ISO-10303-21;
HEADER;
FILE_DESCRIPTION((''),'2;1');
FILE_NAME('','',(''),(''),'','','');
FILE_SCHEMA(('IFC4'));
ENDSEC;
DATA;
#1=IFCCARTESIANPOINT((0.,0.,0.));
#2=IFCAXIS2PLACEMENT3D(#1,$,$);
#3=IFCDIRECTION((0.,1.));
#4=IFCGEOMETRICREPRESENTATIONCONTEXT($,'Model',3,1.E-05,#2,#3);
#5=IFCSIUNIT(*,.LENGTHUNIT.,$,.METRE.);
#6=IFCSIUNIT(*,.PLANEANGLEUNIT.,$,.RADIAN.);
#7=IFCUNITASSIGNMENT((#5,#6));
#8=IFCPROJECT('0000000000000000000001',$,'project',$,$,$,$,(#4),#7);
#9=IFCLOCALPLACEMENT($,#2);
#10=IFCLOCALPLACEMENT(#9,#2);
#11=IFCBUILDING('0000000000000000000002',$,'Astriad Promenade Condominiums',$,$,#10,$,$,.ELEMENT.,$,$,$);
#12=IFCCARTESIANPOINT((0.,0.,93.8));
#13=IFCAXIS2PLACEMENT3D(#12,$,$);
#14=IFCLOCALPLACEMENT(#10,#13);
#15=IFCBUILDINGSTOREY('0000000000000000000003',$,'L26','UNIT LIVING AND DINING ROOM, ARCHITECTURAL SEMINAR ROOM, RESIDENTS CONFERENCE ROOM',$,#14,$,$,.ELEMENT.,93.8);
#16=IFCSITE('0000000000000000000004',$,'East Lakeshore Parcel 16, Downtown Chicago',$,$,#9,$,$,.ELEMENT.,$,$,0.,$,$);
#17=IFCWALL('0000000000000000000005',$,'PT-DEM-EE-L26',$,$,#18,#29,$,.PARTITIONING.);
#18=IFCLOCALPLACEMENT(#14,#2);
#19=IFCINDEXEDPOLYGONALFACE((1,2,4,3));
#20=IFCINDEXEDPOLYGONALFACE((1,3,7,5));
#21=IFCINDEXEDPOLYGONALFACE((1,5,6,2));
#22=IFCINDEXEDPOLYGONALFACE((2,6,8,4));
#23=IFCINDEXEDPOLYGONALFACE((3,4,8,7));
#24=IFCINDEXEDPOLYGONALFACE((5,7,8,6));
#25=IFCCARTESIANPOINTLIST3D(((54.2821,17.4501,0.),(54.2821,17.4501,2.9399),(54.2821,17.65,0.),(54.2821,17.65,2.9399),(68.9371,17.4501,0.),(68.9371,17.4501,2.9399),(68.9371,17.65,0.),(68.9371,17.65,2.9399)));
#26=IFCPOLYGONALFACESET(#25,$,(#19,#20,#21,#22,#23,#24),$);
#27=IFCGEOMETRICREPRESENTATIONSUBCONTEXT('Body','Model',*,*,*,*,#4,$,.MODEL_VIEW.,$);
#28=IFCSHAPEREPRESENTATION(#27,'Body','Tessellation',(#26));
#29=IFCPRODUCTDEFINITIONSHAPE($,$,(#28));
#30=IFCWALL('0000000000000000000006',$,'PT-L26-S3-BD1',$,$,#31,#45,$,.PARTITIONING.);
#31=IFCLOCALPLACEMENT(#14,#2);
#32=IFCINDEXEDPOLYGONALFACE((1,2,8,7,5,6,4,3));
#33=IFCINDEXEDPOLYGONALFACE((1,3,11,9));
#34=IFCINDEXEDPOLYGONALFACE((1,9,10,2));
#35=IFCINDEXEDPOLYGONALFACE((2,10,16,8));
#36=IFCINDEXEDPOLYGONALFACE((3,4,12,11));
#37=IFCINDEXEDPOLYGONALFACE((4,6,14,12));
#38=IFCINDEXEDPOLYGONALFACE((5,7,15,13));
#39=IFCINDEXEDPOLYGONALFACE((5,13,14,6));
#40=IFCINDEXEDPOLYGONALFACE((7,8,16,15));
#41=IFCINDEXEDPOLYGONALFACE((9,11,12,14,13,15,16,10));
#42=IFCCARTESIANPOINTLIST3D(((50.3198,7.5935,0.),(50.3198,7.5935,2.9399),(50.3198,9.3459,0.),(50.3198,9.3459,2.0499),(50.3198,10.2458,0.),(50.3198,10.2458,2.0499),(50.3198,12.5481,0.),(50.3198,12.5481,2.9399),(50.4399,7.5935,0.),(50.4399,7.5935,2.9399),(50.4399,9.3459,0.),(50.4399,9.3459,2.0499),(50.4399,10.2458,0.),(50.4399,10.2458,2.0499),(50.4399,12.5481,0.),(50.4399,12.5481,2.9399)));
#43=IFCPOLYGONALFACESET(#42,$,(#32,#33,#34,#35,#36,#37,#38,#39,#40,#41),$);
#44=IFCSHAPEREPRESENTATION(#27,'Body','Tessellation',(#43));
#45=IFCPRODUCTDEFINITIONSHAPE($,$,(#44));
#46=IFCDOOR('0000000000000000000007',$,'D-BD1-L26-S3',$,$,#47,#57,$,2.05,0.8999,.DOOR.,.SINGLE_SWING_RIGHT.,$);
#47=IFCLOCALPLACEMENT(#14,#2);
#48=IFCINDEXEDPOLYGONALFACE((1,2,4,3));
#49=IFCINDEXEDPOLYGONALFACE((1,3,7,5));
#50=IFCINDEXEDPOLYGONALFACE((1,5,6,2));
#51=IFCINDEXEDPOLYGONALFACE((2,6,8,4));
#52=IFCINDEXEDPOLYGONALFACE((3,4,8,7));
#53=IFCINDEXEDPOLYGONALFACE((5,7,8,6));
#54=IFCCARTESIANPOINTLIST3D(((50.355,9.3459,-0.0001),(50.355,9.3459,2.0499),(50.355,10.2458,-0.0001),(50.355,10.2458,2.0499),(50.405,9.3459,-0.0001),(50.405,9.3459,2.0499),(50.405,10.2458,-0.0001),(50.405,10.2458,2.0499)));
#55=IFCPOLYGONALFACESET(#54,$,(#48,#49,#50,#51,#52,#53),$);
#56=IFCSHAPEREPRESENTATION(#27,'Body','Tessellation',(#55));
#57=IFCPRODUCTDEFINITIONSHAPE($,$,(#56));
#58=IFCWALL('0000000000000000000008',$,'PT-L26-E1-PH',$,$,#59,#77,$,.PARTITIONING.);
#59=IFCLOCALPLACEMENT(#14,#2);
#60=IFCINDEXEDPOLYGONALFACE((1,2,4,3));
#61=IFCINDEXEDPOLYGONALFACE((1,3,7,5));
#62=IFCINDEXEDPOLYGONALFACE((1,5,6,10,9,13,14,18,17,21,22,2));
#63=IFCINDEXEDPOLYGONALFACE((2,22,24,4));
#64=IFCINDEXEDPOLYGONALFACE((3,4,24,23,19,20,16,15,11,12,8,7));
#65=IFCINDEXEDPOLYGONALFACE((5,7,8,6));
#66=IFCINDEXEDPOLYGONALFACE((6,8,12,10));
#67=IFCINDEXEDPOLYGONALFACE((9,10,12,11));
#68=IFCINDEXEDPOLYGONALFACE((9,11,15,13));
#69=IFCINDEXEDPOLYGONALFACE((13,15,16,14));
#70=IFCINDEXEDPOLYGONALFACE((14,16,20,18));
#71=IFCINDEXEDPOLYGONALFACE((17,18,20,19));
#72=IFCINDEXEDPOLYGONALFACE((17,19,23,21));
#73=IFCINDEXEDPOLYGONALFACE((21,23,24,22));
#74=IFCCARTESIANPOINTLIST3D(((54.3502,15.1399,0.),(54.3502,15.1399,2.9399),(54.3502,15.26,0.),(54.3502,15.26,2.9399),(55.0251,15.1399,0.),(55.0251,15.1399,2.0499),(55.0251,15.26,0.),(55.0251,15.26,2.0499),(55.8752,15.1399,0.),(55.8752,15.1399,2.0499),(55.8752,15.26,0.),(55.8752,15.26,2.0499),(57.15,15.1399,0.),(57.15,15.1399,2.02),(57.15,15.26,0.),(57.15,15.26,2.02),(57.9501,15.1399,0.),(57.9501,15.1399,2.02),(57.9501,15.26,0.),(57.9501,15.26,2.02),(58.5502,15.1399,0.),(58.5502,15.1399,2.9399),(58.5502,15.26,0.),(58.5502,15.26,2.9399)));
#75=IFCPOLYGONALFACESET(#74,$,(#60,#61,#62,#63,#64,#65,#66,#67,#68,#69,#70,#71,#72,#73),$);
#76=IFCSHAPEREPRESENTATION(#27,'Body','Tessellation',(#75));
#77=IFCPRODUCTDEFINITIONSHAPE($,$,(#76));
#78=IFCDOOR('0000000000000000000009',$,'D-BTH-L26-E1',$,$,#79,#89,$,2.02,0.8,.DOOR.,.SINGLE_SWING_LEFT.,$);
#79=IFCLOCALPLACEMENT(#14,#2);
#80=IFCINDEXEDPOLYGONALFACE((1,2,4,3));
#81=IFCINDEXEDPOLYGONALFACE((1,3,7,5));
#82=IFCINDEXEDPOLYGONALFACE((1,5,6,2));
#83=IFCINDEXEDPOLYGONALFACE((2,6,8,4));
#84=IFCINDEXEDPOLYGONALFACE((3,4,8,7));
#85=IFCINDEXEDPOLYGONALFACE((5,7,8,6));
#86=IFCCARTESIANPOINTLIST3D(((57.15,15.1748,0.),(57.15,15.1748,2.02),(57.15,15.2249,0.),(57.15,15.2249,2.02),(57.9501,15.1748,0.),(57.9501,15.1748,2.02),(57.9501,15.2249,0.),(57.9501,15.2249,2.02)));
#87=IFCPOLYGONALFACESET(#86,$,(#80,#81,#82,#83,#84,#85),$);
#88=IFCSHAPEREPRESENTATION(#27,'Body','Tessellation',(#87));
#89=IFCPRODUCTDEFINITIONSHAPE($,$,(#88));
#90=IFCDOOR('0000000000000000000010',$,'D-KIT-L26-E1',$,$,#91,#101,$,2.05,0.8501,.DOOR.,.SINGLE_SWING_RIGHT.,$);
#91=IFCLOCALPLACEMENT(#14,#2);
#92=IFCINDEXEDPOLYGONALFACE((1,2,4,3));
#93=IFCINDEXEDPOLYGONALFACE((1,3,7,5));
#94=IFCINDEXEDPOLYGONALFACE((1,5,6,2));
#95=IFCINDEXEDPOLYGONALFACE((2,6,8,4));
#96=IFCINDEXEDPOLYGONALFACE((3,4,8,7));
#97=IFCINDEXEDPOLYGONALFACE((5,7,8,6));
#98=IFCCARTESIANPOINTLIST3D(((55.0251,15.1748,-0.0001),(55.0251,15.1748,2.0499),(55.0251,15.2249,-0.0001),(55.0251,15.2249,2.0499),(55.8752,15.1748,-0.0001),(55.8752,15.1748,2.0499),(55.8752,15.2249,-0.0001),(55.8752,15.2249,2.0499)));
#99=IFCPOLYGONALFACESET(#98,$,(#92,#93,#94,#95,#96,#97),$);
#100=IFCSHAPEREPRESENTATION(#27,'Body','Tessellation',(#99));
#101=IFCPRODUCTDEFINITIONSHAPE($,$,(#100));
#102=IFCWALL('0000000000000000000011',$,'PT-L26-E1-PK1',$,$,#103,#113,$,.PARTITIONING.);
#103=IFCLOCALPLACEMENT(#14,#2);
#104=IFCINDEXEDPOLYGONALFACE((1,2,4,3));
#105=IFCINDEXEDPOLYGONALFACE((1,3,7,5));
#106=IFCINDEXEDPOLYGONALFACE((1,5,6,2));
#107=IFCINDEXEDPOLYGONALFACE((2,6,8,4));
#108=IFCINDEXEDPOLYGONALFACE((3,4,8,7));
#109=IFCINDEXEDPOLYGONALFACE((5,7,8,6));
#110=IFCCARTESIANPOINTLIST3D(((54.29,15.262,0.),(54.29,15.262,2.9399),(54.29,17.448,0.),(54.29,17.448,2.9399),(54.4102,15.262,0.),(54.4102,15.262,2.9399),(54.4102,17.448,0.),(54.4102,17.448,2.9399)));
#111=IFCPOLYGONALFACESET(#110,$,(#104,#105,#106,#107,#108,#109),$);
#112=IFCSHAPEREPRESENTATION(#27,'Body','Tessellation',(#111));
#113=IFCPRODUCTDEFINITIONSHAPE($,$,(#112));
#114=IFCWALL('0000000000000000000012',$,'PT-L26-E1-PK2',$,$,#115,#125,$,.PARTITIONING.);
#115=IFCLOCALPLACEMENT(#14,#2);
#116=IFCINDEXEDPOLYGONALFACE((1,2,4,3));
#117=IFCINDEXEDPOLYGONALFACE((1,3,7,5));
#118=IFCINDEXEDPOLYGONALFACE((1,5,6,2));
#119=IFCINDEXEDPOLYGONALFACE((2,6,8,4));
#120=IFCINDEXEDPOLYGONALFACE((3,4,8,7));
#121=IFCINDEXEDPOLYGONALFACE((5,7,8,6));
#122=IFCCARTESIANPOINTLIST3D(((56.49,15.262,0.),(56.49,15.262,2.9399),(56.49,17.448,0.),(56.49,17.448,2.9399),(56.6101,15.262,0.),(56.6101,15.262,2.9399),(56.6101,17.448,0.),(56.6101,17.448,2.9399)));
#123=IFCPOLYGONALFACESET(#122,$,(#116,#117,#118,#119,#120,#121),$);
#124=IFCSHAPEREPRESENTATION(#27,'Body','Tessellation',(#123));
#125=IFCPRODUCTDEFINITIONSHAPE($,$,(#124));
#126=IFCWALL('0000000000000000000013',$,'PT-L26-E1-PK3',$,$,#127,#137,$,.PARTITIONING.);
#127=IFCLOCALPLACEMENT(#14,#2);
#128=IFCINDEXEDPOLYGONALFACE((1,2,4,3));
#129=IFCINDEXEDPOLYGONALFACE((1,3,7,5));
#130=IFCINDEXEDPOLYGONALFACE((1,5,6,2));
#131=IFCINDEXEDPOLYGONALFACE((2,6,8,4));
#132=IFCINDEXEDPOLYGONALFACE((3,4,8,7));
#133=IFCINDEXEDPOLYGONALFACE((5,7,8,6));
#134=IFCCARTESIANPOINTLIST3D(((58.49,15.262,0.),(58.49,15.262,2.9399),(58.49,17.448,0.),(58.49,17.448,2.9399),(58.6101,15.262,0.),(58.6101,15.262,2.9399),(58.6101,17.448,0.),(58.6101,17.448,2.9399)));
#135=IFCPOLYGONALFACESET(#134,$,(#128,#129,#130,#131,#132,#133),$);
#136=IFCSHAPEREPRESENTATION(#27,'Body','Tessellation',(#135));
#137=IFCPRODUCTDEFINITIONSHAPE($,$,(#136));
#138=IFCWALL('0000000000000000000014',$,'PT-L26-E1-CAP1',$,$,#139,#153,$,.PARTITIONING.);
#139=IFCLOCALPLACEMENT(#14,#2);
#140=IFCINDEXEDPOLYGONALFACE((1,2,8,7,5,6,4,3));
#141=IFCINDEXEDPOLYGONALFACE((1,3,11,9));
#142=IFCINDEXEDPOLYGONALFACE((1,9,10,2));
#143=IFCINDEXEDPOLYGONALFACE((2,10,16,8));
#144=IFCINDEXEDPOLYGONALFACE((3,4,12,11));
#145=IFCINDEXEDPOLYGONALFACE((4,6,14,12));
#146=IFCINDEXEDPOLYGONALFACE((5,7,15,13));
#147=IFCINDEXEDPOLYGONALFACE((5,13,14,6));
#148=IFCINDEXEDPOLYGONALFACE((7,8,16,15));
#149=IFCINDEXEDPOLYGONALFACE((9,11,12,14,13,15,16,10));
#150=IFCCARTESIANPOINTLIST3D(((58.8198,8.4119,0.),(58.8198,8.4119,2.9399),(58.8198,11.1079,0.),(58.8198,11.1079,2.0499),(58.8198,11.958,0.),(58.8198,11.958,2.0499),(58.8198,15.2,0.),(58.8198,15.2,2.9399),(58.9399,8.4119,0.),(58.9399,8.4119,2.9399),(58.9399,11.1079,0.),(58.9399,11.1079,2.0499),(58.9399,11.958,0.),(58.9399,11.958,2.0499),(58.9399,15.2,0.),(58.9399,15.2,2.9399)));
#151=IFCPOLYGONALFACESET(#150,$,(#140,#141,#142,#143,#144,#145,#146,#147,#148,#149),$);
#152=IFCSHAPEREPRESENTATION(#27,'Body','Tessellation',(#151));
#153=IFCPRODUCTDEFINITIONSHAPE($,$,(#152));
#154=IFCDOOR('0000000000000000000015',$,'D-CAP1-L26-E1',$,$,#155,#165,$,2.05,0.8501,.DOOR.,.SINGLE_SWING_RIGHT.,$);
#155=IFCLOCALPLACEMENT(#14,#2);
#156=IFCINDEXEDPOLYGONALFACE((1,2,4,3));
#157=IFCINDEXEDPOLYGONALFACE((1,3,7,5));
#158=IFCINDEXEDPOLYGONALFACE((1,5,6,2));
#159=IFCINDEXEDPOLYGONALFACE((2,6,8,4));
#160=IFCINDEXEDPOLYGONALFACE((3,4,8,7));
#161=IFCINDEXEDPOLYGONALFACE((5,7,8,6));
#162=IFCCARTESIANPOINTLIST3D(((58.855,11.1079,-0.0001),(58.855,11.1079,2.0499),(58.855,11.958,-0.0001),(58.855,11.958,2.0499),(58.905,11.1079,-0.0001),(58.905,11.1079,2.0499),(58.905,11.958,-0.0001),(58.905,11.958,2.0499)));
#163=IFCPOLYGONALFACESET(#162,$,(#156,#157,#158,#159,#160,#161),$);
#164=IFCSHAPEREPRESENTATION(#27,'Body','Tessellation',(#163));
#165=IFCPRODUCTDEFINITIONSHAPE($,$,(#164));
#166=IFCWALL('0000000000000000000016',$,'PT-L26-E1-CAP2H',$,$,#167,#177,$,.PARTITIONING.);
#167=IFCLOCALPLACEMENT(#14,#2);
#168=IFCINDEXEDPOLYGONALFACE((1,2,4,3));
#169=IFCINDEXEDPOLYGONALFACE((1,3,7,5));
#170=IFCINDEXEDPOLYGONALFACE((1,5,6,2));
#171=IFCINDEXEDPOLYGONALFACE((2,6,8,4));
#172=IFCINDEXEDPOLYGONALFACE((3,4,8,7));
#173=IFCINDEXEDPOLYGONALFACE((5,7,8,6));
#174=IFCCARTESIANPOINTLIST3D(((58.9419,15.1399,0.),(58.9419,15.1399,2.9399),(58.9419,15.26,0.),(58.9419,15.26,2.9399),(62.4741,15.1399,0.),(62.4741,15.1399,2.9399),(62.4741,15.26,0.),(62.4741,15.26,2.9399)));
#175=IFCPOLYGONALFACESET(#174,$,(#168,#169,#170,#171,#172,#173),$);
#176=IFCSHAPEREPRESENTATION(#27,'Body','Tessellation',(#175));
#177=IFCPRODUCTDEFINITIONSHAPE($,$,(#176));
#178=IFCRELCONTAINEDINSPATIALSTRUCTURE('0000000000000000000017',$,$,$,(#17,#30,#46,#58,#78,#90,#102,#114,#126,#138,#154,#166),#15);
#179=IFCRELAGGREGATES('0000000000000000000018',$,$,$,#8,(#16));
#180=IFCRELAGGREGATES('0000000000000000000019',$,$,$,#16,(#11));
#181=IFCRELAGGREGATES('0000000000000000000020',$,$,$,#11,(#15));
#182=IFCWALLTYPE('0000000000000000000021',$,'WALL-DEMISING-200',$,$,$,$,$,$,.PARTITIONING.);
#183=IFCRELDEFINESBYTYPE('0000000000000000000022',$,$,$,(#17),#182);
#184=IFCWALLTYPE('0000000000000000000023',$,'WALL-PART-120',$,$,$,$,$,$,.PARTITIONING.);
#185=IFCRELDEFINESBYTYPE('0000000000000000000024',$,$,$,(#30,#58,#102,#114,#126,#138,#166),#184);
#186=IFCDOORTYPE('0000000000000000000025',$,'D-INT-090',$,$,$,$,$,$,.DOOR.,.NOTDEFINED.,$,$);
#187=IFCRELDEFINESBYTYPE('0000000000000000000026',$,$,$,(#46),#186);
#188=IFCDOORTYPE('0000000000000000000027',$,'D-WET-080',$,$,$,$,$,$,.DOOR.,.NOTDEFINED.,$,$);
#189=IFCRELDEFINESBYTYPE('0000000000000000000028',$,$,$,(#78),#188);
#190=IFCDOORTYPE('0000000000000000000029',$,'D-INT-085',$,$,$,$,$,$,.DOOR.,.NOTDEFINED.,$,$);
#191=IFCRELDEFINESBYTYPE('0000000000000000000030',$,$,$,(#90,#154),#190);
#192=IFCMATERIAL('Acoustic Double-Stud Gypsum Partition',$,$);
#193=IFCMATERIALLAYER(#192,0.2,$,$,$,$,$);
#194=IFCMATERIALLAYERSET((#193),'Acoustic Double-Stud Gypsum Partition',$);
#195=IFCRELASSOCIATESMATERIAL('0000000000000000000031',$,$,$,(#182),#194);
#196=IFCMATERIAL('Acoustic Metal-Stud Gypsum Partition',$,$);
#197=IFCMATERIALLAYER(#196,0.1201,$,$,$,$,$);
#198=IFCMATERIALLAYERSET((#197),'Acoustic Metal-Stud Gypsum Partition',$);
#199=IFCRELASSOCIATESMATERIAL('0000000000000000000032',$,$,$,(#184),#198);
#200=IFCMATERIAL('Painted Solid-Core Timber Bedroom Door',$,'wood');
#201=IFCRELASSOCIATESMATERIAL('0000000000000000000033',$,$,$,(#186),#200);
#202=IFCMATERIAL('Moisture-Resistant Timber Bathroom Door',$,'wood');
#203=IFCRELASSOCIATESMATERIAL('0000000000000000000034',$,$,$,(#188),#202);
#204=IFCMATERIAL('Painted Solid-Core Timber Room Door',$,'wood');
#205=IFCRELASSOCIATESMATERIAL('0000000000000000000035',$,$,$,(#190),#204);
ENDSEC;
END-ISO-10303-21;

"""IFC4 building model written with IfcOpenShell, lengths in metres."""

from ifc_helpers import new_model, si_unit, direction, frame, frame_2d, origin, place, context, subcontext, project, spatial, rectangle, extrude, source, transform, mapped, material, layer, layer_set, type_object, type_shapes, element, fill, save


model = new_model("IFC4")

# Units and contexts
model_context = context("Model", 3, precision=1e-05, world=origin(), true_north=direction((0.0, 1.0)))
body_context = subcontext(model_context, "Body", "Model", "MODEL_VIEW")
ifc_project = project(units=[si_unit("LENGTHUNIT", "METRE"), si_unit("PLANEANGLEUNIT", "RADIAN")], contexts=[model_context])

# Site, building, storey
site_placement = place(None, origin())
site = spatial("IfcSite", under=ifc_project, at=site_placement, Name="East Lakeshore Parcel 16, Downtown Chicago", CompositionType="ELEMENT", RefElevation=0.0)
building_placement = place(site_placement, origin())
building = spatial("IfcBuilding", under=site, at=building_placement, Name="Astriad Promenade Condominiums", CompositionType="ELEMENT")
storey_placement = place(building_placement, frame((0.0, 0.0, 93.8)))
storey = spatial("IfcBuildingStorey", under=building, at=storey_placement, Name="L26", Description="UNIT LIVING AND DINING ROOM, ARCHITECTURAL SEMINAR ROOM, RESIDENTS CONFERENCE ROOM", CompositionType="ELEMENT", Elevation=93.8)

# Wall
ifc_material_1 = material(Name="Acoustic Double-Stud Gypsum Partition")
ifc_layer_1 = layer(ifc_material_1, 0.2)
ifc_layer_set_1 = layer_set([ifc_layer_1], Name="Acoustic Double-Stud Gypsum Partition")
wall_type_1 = type_object("IfcWallType", Name="WALL-DEMISING-200", PredefinedType="PARTITIONING", material=ifc_layer_set_1)
wall_1_placement = place(storey_placement, frame((54.282, 17.55, 0.0), z_axis=(0.0, 0.0, 1.0), x_axis=(1.0, 0.0, 0.0)))
element("IfcWall", 1, at=wall_1_placement, inside=storey, type_object=wall_type_1, Name="PT-DEM-EE-L26", PredefinedType="PARTITIONING", context=body_context, shape_type="SweptSolid", body=[
    extrude(rectangle(XDim=14.655, YDim=0.2, at=frame_2d((7.3276, 0.0))), origin(), (0.0, 0.0, 1.0), 2.9399),
])

# Wall, opening, door
ifc_material_2 = material(Name="Acoustic Metal-Stud Gypsum Partition")
ifc_layer_2 = layer(ifc_material_2, 0.1201)
ifc_layer_set_2 = layer_set([ifc_layer_2], Name="Acoustic Metal-Stud Gypsum Partition")
wall_type_2 = type_object("IfcWallType", Name="WALL-PART-120", PredefinedType="PARTITIONING", material=ifc_layer_set_2)
wall_2_placement = place(storey_placement, frame((50.3799, 7.5935, 0.0), z_axis=(0.0, 0.0, 1.0), x_axis=(0.0, 1.0, 0.0)))
wall_2 = element("IfcWall", 2, at=wall_2_placement, inside=storey, type_object=wall_type_2, Name="PT-L26-S3-BD1", PredefinedType="PARTITIONING", context=body_context, shape_type="SweptSolid", body=[
    extrude(rectangle(XDim=4.9546, YDim=0.1201, at=frame_2d((2.4773, 0.0))), origin(), (0.0, 0.0, 1.0), 2.9399),
])
opening_1_placement = place(wall_2_placement, frame((1.7524, 0.0, 0.0)))
opening_1 = element("IfcOpeningElement", 3, at=opening_1_placement, cuts=wall_2, PredefinedType="OPENING", context=body_context, shape_type="SweptSolid", body=[
    extrude(rectangle(XDim=0.8999, YDim=2.05, at=frame_2d((0.45, 1.0249))), frame((0.0, 0.0701, 0.0), z_axis=(0.0, -1.0, 0.0), x_axis=(1.0, 0.0, 0.0)), (0.0, 0.0, 1.0), 0.1401),
])
ifc_material_3 = material(Name="Painted Solid-Core Timber Bedroom Door", Category="wood")
door_type_1 = type_object("IfcDoorType", Name="D-INT-090", OperationType="NOTDEFINED", PredefinedType="DOOR", material=ifc_material_3)
shared_shape_1 = source(origin(), body_context, "Body", "SweptSolid", [
    extrude(rectangle(XDim=0.8999, YDim=2.05, at=frame_2d((0.45, 1.0249))), frame((0.0, 0.0249, 0.0), z_axis=(0.0, -1.0, 0.0), x_axis=(1.0, 0.0, 0.0)), (0.0, 0.0, 1.0), 0.05),
])
type_shapes(door_type_1, [shared_shape_1])
door_1_placement = place(opening_1_placement, origin())
door_1 = element("IfcDoor", 4, at=door_1_placement, inside=storey, type_object=door_type_1, Name="D-BD1-L26-S3", OperationType="SINGLE_SWING_RIGHT", OverallHeight=2.05, OverallWidth=0.8999, PredefinedType="DOOR", context=body_context, shape_type="MappedRepresentation", body=[
    mapped(shared_shape_1, transform((0.0, 0.0, 0.0), scale=1.0)),
])
fill(opening_1, door_1)

# Wall, openings, doors
wall_3_placement = place(storey_placement, frame((54.3501, 15.2, 0.0), z_axis=(0.0, 0.0, 1.0), x_axis=(1.0, 0.0, 0.0)))
wall_3 = element("IfcWall", 5, at=wall_3_placement, inside=storey, type_object=wall_type_2, Name="PT-L26-E1-PH", PredefinedType="PARTITIONING", context=body_context, shape_type="SweptSolid", body=[
    extrude(rectangle(XDim=4.2, YDim=0.1201, at=frame_2d((2.1001, 0.0))), origin(), (0.0, 0.0, 1.0), 2.9399),
])
opening_2_placement = place(wall_3_placement, frame((0.675, 0.0, 0.0)))
opening_2 = element("IfcOpeningElement", 6, at=opening_2_placement, cuts=wall_3, PredefinedType="OPENING", context=body_context, shape_type="SweptSolid", body=[
    extrude(rectangle(XDim=0.8501, YDim=2.05, at=frame_2d((0.425, 1.0249))), frame((0.0, 0.0701, 0.0), z_axis=(0.0, -1.0, 0.0), x_axis=(1.0, 0.0, 0.0)), (0.0, 0.0, 1.0), 0.1401),
])
opening_3_placement = place(wall_3_placement, frame((2.8, 0.0, 0.0)))
opening_3 = element("IfcOpeningElement", 7, at=opening_3_placement, cuts=wall_3, PredefinedType="OPENING", context=body_context, shape_type="SweptSolid", body=[
    extrude(rectangle(XDim=0.8, YDim=2.02, at=frame_2d((0.3999, 1.01))), frame((0.0, 0.0701, 0.0), z_axis=(0.0, -1.0, 0.0), x_axis=(1.0, 0.0, 0.0)), (0.0, 0.0, 1.0), 0.1401),
])
ifc_material_4 = material(Name="Moisture-Resistant Timber Bathroom Door", Category="wood")
door_type_2 = type_object("IfcDoorType", Name="D-WET-080", OperationType="NOTDEFINED", PredefinedType="DOOR", material=ifc_material_4)
shared_shape_2 = source(origin(), body_context, "Body", "SweptSolid", [
    extrude(rectangle(XDim=0.8, YDim=2.02, at=frame_2d((0.3999, 1.01))), frame((0.0, 0.0249, 0.0), z_axis=(0.0, -1.0, 0.0), x_axis=(1.0, 0.0, 0.0)), (0.0, 0.0, 1.0), 0.05),
])
type_shapes(door_type_2, [shared_shape_2])
door_2_placement = place(opening_3_placement, origin())
door_2 = element("IfcDoor", 8, at=door_2_placement, inside=storey, type_object=door_type_2, Name="D-BTH-L26-E1", OperationType="SINGLE_SWING_LEFT", OverallHeight=2.02, OverallWidth=0.8, PredefinedType="DOOR", context=body_context, shape_type="MappedRepresentation", body=[
    mapped(shared_shape_2, transform((0.0, 0.0, 0.0), scale=1.0)),
])
fill(opening_3, door_2)
ifc_material_5 = material(Name="Painted Solid-Core Timber Room Door", Category="wood")
door_type_3 = type_object("IfcDoorType", Name="D-INT-085", OperationType="NOTDEFINED", PredefinedType="DOOR", material=ifc_material_5)
shared_shape_3 = source(origin(), body_context, "Body", "SweptSolid", [
    extrude(rectangle(XDim=0.8501, YDim=2.05, at=frame_2d((0.425, 1.0249))), frame((0.0, 0.0249, 0.0), z_axis=(0.0, -1.0, 0.0), x_axis=(1.0, 0.0, 0.0)), (0.0, 0.0, 1.0), 0.05),
])
type_shapes(door_type_3, [shared_shape_3])
door_3_placement = place(opening_2_placement, origin())
door_3 = element("IfcDoor", 9, at=door_3_placement, inside=storey, type_object=door_type_3, Name="D-KIT-L26-E1", OperationType="SINGLE_SWING_RIGHT", OverallHeight=2.05, OverallWidth=0.8501, PredefinedType="DOOR", context=body_context, shape_type="MappedRepresentation", body=[
    mapped(shared_shape_3, transform((0.0, 0.0, 0.0), scale=1.0)),
])
fill(opening_2, door_3)

# Walls
for number, where, z_axis, x_axis, name in (
    (10, (54.3501, 15.262, 0.0), (0.0, 0.0, 1.0), (0.0, 1.0, 0.0), "PT-L26-E1-PK1"),
    (11, (56.55, 15.262, 0.0), (0.0, 0.0, 1.0), (0.0, 1.0, 0.0), "PT-L26-E1-PK2"),
    (12, (58.55, 15.262, 0.0), (0.0, 0.0, 1.0), (0.0, 1.0, 0.0), "PT-L26-E1-PK3"),
):
    element("IfcWall", number, at=place(storey_placement, frame(where, z_axis=z_axis, x_axis=x_axis)), inside=storey, type_object=wall_type_2, Name=name, PredefinedType="PARTITIONING", context=body_context, shape_type="SweptSolid", body=[
        extrude(rectangle(XDim=2.186, YDim=0.1201, at=frame_2d((1.093, 0.0))), origin(), (0.0, 0.0, 1.0), 2.9399),
    ])

# Wall, opening, door
wall_4_placement = place(storey_placement, frame((58.8799, 8.4119, 0.0), z_axis=(0.0, 0.0, 1.0), x_axis=(0.0, 1.0, 0.0)))
wall_4 = element("IfcWall", 13, at=wall_4_placement, inside=storey, type_object=wall_type_2, Name="PT-L26-E1-CAP1", PredefinedType="PARTITIONING", context=body_context, shape_type="SweptSolid", body=[
    extrude(rectangle(XDim=6.7881, YDim=0.1201, at=frame_2d((3.394, 0.0))), origin(), (0.0, 0.0, 1.0), 2.9399),
])
opening_4_placement = place(wall_4_placement, frame((2.696, 0.0, 0.0)))
opening_4 = element("IfcOpeningElement", 14, at=opening_4_placement, cuts=wall_4, PredefinedType="OPENING", context=body_context, shape_type="SweptSolid", body=[
    extrude(rectangle(XDim=0.8501, YDim=2.05, at=frame_2d((0.425, 1.0249))), frame((0.0, 0.0701, 0.0), z_axis=(0.0, -1.0, 0.0), x_axis=(1.0, 0.0, 0.0)), (0.0, 0.0, 1.0), 0.1401),
])
door_4_placement = place(opening_4_placement, origin())
door_4 = element("IfcDoor", 15, at=door_4_placement, inside=storey, type_object=door_type_3, Name="D-CAP1-L26-E1", OperationType="SINGLE_SWING_RIGHT", OverallHeight=2.05, OverallWidth=0.8501, PredefinedType="DOOR", context=body_context, shape_type="MappedRepresentation", body=[
    mapped(shared_shape_3, transform((0.0, 0.0, 0.0), scale=1.0)),
])
fill(opening_4, door_4)

# Wall
wall_5_placement = place(storey_placement, frame((58.9419, 15.2, 0.0), z_axis=(0.0, 0.0, 1.0), x_axis=(1.0, 0.0, 0.0)))
element("IfcWall", 16, at=wall_5_placement, inside=storey, type_object=wall_type_2, Name="PT-L26-E1-CAP2H", PredefinedType="PARTITIONING", context=body_context, shape_type="SweptSolid", body=[
    extrude(rectangle(XDim=3.5322, YDim=0.1201, at=frame_2d((1.7661, 0.0))), origin(), (0.0, 0.0, 1.0), 2.9399),
])

save(model, "model.ifc")
